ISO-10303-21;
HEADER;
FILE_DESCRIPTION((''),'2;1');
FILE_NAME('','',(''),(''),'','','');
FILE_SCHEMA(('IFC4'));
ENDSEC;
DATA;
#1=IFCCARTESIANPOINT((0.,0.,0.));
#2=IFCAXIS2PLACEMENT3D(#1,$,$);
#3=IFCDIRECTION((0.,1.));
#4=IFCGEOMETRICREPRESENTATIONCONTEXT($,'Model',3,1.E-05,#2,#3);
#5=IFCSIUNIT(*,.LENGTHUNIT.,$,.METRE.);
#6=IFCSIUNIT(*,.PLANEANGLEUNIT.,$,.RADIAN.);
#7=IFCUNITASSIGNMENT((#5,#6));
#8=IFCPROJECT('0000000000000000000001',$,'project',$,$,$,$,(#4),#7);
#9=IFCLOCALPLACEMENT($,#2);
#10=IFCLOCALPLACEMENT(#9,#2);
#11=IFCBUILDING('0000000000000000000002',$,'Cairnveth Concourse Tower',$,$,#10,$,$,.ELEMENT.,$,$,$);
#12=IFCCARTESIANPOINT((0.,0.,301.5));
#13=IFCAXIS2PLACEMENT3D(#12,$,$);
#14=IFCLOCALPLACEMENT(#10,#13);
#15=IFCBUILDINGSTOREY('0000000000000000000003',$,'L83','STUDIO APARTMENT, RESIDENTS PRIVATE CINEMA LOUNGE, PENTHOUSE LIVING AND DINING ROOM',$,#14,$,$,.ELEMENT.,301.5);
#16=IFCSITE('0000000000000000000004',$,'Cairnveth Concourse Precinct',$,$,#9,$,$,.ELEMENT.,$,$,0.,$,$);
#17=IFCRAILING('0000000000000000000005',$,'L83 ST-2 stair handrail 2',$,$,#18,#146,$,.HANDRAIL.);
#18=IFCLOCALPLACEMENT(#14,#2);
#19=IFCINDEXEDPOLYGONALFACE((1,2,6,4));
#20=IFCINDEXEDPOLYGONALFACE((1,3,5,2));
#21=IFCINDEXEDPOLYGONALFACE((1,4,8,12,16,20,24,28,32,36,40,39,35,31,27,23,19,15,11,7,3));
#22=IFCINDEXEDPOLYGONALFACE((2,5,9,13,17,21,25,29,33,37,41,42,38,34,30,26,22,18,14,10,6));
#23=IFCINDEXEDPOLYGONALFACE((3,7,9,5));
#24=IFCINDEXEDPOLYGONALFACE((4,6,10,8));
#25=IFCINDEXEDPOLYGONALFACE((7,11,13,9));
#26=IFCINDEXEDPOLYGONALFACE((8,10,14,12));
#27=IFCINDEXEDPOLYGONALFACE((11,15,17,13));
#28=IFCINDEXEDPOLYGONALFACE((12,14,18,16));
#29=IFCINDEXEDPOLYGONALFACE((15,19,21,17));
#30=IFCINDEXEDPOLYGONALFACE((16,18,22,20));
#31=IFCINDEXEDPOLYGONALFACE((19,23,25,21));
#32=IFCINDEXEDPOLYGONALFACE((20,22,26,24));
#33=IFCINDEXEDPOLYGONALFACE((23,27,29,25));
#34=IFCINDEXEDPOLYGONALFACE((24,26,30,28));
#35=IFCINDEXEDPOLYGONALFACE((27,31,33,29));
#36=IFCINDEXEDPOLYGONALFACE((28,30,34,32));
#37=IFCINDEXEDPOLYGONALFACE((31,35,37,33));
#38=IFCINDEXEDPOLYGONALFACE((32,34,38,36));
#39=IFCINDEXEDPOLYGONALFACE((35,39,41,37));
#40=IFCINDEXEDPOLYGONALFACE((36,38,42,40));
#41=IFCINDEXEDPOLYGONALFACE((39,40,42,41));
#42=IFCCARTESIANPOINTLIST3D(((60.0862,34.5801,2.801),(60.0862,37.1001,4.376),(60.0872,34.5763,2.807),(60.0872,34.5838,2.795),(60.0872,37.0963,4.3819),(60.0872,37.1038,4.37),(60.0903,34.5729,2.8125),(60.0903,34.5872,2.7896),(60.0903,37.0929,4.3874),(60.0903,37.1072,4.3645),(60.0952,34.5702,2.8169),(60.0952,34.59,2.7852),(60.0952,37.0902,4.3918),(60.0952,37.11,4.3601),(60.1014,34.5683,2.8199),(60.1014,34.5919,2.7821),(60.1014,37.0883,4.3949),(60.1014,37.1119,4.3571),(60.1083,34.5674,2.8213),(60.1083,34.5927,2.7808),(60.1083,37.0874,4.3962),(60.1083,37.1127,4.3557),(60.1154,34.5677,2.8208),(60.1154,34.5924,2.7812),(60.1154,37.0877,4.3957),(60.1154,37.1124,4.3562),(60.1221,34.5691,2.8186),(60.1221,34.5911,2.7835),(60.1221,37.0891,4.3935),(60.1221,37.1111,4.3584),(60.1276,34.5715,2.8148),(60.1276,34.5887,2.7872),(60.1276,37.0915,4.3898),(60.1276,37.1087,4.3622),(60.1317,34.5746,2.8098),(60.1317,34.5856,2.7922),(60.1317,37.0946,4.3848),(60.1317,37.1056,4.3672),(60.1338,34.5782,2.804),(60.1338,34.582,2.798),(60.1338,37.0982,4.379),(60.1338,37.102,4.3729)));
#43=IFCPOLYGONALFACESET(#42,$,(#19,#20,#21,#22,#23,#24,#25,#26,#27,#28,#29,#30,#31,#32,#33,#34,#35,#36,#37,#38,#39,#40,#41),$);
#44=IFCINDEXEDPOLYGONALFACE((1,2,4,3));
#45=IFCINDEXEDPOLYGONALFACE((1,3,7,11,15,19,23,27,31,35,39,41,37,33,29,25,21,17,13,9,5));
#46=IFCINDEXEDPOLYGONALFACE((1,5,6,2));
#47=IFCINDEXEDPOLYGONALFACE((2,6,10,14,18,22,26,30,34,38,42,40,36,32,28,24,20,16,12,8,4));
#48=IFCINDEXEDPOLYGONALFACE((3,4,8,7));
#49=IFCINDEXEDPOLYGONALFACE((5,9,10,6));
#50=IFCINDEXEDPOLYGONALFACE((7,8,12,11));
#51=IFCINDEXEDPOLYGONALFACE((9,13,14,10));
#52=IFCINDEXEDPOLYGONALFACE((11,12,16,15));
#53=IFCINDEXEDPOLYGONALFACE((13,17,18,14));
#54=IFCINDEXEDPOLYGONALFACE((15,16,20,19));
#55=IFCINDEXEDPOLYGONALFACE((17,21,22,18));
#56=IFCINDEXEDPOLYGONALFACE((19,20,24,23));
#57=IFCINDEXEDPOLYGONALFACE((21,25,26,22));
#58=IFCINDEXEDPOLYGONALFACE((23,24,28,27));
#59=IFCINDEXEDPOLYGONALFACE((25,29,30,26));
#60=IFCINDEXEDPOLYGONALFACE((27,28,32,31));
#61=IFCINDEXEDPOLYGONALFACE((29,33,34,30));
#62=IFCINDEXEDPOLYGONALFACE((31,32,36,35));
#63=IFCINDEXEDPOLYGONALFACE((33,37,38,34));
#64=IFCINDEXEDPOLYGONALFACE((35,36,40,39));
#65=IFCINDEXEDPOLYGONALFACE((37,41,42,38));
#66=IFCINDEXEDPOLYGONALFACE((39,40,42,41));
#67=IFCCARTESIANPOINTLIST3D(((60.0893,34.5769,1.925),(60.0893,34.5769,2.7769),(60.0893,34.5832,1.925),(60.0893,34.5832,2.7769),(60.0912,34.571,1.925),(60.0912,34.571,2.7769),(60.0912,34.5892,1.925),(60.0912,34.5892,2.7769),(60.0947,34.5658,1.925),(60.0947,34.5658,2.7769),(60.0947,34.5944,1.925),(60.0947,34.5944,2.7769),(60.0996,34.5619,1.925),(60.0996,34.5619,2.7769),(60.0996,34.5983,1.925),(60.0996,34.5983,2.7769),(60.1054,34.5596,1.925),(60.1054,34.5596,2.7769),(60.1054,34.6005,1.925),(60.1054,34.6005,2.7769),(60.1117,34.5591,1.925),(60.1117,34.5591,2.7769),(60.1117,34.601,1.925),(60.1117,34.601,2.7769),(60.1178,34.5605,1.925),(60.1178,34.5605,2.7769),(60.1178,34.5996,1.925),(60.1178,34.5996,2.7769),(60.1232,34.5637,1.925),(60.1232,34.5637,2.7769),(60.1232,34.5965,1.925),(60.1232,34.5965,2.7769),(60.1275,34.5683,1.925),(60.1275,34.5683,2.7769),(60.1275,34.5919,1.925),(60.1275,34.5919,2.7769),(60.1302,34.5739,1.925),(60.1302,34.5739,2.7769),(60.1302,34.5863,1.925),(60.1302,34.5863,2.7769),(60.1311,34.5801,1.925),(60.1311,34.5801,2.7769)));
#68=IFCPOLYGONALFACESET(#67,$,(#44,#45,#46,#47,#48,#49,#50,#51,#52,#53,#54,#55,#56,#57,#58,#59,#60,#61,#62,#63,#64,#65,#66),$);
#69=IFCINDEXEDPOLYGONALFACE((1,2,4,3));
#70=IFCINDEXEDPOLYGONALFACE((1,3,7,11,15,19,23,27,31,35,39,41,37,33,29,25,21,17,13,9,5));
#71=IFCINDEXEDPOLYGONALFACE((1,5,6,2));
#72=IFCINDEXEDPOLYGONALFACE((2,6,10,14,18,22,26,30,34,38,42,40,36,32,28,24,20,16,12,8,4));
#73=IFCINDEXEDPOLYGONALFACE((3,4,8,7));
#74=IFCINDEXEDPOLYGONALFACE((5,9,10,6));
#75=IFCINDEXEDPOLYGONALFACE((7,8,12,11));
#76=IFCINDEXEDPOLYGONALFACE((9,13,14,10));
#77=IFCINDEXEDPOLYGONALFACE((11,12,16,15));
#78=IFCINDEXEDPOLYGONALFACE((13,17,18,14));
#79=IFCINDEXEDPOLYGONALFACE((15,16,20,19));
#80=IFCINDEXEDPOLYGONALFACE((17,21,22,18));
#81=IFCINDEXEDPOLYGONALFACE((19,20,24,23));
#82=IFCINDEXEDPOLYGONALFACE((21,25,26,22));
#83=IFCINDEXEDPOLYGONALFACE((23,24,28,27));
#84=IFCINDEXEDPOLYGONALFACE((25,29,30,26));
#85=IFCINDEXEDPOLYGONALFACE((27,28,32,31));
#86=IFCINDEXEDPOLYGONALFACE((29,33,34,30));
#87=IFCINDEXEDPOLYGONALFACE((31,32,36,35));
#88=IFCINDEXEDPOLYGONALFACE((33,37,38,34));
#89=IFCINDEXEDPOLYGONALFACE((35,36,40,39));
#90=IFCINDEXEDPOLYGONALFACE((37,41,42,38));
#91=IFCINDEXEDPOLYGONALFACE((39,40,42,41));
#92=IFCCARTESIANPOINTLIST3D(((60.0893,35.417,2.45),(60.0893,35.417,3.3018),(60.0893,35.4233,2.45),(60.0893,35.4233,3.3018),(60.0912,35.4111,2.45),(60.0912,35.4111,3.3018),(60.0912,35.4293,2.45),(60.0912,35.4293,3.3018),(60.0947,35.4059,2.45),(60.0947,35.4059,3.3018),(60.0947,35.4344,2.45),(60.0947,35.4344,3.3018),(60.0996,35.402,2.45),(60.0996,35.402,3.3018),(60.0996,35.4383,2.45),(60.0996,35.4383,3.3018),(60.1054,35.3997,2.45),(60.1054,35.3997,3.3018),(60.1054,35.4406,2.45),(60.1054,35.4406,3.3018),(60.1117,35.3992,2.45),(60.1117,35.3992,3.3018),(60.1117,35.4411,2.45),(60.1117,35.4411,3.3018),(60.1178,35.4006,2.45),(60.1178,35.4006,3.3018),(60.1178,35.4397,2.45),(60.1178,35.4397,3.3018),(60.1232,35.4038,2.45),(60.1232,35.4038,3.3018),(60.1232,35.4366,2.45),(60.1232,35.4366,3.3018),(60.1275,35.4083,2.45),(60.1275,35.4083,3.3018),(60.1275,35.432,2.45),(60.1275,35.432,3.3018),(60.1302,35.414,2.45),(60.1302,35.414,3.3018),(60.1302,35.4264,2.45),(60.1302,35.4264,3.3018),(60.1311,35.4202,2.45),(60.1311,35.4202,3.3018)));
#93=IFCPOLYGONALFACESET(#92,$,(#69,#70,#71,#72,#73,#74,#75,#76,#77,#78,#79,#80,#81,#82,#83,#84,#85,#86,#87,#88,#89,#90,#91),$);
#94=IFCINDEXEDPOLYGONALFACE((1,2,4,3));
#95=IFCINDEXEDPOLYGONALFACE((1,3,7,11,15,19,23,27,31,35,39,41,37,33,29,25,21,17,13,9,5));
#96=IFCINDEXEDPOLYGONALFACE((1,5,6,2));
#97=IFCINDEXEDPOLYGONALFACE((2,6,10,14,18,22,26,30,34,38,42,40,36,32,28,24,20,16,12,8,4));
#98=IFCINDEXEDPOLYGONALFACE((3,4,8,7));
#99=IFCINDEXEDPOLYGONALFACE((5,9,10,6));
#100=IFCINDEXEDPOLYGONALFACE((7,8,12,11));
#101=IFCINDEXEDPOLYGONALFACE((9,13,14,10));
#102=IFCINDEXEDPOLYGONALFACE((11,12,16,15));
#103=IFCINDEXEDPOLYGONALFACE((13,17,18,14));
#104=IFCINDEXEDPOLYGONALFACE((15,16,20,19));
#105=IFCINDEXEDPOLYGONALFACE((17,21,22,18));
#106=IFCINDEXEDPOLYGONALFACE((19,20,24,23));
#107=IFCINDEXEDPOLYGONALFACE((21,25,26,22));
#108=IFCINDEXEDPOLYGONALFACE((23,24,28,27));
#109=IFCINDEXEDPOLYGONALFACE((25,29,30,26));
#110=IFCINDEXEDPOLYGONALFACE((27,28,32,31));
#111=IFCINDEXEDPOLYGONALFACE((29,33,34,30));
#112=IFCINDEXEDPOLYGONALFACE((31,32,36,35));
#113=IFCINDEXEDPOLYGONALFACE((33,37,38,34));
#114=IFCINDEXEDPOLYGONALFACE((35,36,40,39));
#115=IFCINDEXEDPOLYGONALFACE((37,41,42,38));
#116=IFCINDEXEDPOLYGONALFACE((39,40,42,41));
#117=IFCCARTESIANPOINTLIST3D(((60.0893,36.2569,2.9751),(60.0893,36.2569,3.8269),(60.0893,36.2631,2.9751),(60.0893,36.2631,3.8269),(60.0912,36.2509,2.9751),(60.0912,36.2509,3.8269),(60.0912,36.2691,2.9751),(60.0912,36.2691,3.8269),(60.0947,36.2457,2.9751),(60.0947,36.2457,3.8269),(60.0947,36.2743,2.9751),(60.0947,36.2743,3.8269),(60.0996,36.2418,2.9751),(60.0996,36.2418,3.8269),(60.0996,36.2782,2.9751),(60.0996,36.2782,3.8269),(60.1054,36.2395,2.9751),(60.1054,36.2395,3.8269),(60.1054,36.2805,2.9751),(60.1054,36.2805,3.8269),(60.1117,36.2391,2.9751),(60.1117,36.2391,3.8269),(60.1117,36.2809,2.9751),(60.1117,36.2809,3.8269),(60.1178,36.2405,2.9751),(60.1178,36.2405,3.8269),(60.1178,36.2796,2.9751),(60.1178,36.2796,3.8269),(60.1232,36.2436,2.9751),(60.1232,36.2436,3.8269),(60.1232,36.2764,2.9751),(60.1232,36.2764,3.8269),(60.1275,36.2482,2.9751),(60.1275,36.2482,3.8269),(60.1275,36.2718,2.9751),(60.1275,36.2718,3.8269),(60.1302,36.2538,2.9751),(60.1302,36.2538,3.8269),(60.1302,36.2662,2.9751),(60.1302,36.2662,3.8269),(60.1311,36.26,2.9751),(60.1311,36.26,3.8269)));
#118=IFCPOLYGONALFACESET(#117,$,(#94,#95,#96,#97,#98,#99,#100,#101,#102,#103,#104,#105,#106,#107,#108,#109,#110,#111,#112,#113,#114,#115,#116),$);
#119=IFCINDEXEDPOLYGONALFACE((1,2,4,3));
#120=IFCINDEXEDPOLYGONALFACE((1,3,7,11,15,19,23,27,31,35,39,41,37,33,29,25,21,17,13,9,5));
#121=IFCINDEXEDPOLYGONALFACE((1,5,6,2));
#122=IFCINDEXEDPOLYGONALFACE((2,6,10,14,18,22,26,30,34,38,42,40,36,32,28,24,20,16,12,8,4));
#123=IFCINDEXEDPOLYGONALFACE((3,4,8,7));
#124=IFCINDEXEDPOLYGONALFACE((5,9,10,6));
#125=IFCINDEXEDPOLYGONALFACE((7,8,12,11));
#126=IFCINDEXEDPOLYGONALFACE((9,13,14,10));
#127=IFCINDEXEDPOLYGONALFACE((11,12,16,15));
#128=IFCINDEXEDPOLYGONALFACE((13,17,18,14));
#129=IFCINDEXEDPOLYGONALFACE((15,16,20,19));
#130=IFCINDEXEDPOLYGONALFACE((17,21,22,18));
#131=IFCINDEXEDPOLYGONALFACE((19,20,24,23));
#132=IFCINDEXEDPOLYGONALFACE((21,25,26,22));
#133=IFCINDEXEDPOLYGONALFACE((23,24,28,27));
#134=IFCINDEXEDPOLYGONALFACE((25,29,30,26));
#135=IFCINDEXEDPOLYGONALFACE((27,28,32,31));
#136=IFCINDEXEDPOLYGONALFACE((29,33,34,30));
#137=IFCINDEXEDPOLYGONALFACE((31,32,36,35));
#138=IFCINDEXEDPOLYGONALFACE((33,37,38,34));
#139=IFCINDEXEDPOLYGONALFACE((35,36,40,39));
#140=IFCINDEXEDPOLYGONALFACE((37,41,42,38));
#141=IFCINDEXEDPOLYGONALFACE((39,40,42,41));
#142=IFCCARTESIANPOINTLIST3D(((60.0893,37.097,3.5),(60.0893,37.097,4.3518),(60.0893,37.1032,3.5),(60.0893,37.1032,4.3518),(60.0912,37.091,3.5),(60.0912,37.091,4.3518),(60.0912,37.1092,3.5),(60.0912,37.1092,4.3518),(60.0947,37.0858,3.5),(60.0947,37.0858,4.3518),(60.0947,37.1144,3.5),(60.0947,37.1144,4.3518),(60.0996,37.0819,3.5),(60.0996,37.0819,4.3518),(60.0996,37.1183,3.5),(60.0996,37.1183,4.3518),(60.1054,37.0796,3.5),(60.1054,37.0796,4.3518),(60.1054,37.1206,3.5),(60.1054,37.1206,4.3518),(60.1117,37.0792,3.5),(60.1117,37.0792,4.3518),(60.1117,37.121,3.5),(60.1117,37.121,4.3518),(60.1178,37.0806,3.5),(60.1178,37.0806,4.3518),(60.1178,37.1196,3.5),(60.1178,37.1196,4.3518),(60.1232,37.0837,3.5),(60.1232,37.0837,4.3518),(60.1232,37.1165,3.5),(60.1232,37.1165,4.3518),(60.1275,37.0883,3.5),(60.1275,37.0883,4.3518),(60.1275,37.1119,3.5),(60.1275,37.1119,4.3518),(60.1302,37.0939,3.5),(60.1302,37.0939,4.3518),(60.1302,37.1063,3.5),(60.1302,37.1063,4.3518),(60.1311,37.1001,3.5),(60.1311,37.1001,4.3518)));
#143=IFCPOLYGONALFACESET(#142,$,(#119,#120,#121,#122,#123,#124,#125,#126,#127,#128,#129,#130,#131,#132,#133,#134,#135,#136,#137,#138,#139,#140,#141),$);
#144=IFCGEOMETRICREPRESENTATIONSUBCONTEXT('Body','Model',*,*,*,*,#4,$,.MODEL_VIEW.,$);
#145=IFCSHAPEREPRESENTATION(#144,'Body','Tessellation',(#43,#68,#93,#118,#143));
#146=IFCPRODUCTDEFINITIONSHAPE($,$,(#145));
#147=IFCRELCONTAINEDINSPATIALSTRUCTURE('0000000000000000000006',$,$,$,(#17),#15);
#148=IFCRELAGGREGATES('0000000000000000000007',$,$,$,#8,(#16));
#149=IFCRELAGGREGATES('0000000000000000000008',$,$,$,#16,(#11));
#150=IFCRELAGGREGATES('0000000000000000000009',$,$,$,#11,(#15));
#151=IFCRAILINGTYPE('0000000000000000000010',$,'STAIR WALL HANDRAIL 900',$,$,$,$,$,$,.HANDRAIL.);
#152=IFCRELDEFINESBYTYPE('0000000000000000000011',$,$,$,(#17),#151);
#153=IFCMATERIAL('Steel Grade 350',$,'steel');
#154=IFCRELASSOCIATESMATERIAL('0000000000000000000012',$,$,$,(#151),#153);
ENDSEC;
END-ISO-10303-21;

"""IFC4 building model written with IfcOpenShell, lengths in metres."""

from ifc_helpers import new_model, si_unit, direction, frame, origin, origin_2d, place, context, subcontext, project, spatial, circle, extrude, material, type_object, element, save


model = new_model("IFC4")

# Units and contexts
model_context = context("Model", 3, precision=1e-05, world=origin(), true_north=direction((0.0, 1.0)))
body_context = subcontext(model_context, "Body", "Model", "MODEL_VIEW")
ifc_project = project(units=[si_unit("LENGTHUNIT", "METRE"), si_unit("PLANEANGLEUNIT", "RADIAN")], contexts=[model_context])

# Site, building, storey
site_placement = place(None, origin())
site = spatial("IfcSite", under=ifc_project, at=site_placement, Name="Cairnveth Concourse Precinct", CompositionType="ELEMENT", RefElevation=0.0)
building_placement = place(site_placement, origin())
building = spatial("IfcBuilding", under=site, at=building_placement, Name="Cairnveth Concourse Tower", CompositionType="ELEMENT")
storey_placement = place(building_placement, frame((0.0, 0.0, 301.5)))
storey = spatial("IfcBuildingStorey", under=building, at=storey_placement, Name="L83", Description="STUDIO APARTMENT, RESIDENTS PRIVATE CINEMA LOUNGE, PENTHOUSE LIVING AND DINING ROOM", CompositionType="ELEMENT", Elevation=301.5)

# Shared definitions
ifc_material_1 = material(Name="Steel Grade 350", Category="steel")

# Railing
railing_type_1 = type_object("IfcRailingType", Name="STAIR WALL HANDRAIL 900", PredefinedType="HANDRAIL", material=ifc_material_1)
railing_1_placement = place(storey_placement, frame((60.1101, 34.5801, 1.925)))
element("IfcRailing", 1, at=railing_1_placement, inside=storey, type_object=railing_type_1, Name="L83 ST-2 stair handrail 2", PredefinedType="HANDRAIL", context=body_context, shape_type="SweptSolid", body=[
    extrude(circle(Radius=0.0239, at=origin_2d()), frame((0.0, 0.0, 0.876), z_axis=(0.0, 0.848008, 0.529984), x_axis=(-1.0, 0.0, 0.0)), (0.0, 0.0, 1.0), 2.9717),
    extrude(circle(Radius=0.021, at=origin_2d()), origin(), (0.0, 0.0, 1.0), 0.8518),
    extrude(circle(Radius=0.021, at=origin_2d()), frame((0.0, 0.8401, 0.5249)), (0.0, 0.0, 1.0), 0.8518),
    extrude(circle(Radius=0.021, at=origin_2d()), frame((0.0, 1.6799, 1.05)), (0.0, 0.0, 1.0), 0.8518),
    extrude(circle(Radius=0.021, at=origin_2d()), frame((0.0, 2.52, 1.575)), (0.0, 0.0, 1.0), 0.8518),
])

save(model, "model.ifc")
